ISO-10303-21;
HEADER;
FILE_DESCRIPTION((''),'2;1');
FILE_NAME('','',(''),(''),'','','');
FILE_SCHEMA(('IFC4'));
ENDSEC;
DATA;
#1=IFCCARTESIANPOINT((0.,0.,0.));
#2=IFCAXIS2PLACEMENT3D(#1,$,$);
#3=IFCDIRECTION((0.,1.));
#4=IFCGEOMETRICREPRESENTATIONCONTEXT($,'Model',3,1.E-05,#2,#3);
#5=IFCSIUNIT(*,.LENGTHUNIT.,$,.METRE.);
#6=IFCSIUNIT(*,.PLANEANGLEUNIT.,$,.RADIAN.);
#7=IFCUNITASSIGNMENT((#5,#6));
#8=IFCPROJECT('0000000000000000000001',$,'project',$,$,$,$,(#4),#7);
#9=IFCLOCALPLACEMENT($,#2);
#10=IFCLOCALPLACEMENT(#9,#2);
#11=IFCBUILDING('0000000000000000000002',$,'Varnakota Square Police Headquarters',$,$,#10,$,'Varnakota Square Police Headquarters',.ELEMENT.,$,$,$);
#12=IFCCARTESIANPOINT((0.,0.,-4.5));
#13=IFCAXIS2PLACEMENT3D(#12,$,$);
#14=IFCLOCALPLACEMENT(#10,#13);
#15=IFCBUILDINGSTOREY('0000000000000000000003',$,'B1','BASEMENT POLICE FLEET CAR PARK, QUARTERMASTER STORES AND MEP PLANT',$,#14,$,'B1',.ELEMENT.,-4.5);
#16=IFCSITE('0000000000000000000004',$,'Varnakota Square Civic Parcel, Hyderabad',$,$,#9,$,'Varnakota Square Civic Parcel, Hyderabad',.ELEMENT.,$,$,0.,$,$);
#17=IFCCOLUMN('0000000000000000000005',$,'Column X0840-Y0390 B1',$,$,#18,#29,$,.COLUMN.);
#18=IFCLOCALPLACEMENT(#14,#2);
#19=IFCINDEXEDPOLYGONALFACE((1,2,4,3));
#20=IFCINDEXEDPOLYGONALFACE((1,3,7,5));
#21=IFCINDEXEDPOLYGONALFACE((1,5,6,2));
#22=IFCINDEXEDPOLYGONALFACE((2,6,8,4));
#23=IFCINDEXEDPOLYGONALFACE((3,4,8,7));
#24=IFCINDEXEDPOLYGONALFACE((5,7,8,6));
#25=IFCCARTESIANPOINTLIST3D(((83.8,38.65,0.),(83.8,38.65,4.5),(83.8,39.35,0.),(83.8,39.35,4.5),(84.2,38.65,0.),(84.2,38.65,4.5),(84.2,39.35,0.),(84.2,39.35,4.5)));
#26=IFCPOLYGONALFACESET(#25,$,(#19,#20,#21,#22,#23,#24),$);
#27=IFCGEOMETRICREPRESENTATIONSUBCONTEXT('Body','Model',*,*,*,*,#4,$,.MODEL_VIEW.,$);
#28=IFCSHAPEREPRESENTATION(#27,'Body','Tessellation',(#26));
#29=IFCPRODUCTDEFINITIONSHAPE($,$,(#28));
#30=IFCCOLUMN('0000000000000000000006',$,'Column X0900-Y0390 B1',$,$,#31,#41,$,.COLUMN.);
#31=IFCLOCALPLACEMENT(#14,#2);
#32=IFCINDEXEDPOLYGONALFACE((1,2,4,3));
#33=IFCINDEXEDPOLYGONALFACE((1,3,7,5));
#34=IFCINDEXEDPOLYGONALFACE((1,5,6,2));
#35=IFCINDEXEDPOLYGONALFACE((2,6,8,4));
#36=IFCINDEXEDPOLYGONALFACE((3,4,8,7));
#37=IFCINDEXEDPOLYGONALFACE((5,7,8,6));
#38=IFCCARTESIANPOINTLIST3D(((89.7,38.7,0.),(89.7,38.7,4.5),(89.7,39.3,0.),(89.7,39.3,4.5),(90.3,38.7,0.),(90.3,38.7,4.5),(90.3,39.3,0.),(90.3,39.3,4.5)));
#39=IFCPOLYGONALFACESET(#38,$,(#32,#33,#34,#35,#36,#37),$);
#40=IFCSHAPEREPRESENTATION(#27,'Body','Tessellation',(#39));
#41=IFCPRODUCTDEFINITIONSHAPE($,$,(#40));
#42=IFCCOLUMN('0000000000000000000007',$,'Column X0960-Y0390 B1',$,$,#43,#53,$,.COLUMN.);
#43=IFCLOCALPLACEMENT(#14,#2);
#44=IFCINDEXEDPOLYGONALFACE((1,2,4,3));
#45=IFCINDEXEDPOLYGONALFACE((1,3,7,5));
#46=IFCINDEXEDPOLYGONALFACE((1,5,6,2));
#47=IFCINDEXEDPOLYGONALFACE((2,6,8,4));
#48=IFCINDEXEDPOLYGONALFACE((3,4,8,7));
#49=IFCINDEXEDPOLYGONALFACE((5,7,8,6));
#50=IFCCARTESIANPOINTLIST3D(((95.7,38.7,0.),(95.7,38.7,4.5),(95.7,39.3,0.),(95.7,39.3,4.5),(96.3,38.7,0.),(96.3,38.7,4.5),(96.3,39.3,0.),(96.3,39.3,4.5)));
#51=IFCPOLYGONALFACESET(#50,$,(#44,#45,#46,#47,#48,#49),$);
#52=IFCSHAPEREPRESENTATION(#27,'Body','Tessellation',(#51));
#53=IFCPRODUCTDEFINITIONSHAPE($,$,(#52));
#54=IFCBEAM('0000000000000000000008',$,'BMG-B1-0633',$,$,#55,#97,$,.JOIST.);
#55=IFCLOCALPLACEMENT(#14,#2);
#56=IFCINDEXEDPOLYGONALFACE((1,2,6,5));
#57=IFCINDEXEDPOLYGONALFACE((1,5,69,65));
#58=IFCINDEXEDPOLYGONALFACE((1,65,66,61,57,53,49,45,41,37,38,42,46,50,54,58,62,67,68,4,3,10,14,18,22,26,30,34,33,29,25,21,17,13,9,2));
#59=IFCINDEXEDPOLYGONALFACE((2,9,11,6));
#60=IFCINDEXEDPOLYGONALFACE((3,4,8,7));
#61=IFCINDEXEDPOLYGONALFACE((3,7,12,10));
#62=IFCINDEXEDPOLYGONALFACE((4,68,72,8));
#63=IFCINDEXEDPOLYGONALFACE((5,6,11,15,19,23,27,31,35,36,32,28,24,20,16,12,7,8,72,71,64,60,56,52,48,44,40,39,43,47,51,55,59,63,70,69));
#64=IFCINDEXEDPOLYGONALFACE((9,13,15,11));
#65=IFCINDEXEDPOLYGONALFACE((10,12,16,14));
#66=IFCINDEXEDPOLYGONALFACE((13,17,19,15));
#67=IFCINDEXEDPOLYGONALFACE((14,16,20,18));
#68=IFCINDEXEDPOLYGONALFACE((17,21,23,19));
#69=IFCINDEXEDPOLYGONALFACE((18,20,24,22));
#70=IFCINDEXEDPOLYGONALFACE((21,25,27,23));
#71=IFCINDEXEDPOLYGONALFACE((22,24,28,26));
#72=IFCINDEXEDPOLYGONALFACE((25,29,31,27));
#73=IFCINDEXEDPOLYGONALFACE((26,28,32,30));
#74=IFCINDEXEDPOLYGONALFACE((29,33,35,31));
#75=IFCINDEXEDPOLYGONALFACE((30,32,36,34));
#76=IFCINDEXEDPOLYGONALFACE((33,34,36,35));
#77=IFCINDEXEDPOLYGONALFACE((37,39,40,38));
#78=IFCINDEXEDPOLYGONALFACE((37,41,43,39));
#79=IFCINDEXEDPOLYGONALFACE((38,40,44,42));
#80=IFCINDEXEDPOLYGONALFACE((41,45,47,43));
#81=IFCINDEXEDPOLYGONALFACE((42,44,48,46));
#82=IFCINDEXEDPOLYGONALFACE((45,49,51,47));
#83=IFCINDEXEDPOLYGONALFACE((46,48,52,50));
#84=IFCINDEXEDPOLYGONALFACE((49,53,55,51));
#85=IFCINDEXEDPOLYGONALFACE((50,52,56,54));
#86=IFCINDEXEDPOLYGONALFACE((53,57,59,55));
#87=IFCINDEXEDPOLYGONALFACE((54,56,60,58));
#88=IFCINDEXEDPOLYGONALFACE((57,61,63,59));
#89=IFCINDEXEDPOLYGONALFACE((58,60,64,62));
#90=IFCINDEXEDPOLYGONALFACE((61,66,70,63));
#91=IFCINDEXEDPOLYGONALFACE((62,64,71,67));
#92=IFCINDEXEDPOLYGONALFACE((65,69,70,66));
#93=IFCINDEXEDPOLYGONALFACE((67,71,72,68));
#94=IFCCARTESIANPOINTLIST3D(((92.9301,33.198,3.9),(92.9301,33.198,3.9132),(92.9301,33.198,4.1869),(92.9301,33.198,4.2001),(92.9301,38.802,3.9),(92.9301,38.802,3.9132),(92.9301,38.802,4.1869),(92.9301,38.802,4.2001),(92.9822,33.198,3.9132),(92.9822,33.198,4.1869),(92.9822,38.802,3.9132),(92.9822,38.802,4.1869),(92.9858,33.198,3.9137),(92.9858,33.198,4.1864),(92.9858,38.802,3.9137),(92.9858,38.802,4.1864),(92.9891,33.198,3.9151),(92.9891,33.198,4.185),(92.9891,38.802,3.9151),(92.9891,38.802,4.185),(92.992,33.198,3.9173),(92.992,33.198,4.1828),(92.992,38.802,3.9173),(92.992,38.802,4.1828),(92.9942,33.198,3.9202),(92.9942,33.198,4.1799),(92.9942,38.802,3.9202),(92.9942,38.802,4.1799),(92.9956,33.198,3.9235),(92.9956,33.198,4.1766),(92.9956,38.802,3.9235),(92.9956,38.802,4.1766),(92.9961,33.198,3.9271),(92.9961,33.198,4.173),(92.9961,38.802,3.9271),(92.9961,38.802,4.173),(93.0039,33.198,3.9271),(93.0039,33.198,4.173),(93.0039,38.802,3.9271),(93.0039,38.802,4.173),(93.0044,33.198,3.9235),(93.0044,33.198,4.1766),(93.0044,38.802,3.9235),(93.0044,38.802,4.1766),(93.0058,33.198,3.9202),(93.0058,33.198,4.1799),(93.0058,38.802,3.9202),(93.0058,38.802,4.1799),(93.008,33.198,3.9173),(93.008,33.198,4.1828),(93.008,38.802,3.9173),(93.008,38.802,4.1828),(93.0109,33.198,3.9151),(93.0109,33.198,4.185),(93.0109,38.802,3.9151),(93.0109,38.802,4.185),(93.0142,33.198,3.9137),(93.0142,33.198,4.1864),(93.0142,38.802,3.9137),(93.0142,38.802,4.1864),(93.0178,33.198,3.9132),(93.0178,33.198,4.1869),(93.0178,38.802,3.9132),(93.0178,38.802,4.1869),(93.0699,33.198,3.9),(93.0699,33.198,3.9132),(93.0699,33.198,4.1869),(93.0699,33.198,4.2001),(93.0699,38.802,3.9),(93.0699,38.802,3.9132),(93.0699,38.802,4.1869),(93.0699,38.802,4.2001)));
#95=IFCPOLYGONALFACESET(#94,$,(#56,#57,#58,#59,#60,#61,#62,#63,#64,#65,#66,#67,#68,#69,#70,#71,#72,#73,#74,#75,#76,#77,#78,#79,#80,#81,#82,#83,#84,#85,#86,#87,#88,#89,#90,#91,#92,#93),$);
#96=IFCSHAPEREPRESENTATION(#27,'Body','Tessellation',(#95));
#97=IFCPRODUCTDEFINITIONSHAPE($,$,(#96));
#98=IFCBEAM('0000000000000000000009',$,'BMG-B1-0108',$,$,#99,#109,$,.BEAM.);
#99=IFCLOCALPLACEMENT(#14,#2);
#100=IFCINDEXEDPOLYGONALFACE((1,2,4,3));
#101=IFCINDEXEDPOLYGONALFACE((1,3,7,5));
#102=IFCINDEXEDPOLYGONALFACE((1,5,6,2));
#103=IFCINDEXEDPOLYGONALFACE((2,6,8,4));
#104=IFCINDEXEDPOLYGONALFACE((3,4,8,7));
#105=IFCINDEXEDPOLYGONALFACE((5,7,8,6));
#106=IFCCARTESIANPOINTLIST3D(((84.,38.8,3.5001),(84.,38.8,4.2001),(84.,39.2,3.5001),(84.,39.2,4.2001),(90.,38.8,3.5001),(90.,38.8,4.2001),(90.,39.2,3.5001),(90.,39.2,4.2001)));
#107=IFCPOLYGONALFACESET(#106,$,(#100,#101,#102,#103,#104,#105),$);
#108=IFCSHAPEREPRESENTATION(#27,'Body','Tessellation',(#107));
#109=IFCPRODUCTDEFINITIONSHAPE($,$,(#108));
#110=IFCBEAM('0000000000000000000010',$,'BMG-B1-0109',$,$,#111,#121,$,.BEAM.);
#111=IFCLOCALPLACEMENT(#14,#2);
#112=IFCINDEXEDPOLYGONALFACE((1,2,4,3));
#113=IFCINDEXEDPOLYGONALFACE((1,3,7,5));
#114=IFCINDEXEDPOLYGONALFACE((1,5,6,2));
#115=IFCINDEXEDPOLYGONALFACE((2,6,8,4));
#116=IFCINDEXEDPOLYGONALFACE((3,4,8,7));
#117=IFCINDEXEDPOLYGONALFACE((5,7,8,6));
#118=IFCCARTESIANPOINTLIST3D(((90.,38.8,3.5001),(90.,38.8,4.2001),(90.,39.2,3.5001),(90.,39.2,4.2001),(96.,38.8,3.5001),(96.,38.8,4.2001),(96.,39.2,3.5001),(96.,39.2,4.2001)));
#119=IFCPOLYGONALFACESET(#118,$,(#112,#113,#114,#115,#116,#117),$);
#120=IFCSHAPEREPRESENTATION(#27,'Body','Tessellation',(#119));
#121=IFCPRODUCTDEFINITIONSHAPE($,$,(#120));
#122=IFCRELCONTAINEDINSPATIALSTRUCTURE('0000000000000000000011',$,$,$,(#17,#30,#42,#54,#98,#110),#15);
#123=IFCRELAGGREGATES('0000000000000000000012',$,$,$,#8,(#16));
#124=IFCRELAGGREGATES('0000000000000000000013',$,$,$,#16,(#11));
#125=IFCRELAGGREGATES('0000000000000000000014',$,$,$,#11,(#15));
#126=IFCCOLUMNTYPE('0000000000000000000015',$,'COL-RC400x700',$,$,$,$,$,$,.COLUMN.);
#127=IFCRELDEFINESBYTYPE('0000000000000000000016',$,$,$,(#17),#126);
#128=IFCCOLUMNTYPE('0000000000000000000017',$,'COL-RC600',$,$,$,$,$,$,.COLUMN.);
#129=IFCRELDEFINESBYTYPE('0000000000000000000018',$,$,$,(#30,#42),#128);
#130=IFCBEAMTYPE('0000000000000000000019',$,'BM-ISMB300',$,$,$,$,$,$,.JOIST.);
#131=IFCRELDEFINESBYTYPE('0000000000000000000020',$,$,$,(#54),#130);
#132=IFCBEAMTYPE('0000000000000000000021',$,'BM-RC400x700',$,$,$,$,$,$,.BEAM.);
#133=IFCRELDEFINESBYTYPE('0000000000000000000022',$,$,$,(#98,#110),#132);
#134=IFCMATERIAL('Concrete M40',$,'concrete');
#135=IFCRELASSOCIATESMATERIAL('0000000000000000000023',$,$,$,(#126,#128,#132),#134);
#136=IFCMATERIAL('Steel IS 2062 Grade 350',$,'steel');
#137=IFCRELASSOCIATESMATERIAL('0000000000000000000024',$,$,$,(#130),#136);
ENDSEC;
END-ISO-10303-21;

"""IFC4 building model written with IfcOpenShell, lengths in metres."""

from ifc_helpers import new_model, si_unit, direction, frame, origin, origin_2d, place, context, subcontext, project, spatial, rectangle, i_section, extrude, material, material_profile, profile_set, type_object, element, save


model = new_model("IFC4")

# Units and contexts
model_context = context("Model", 3, precision=1e-05, world=origin(), true_north=direction((0.0, 1.0)))
body_context = subcontext(model_context, "Body", "Model", "MODEL_VIEW")
ifc_project = project(units=[si_unit("LENGTHUNIT", "METRE"), si_unit("PLANEANGLEUNIT", "RADIAN")], contexts=[model_context])

# Site, building, storey
site_placement = place(None, origin())
site = spatial("IfcSite", under=ifc_project, at=site_placement, Name="Varnakota Square Civic Parcel, Hyderabad", LongName="Varnakota Square Civic Parcel, Hyderabad", CompositionType="ELEMENT", RefElevation=0.0)
building_placement = place(site_placement, origin())
building = spatial("IfcBuilding", under=site, at=building_placement, Name="Varnakota Square Police Headquarters", LongName="Varnakota Square Police Headquarters", CompositionType="ELEMENT")
storey_placement = place(building_placement, frame((0.0, 0.0, -4.5)))
storey = spatial("IfcBuildingStorey", under=building, at=storey_placement, Name="B1", Description="BASEMENT POLICE FLEET CAR PARK, QUARTERMASTER STORES AND MEP PLANT", LongName="B1", CompositionType="ELEMENT", Elevation=-4.5)

# Shared definitions
ifc_material_1 = material(Name="Concrete M40", Category="concrete")

# Columns
ifc_material_profile_1 = material_profile(ifc_material_1, rectangle(XDim=0.3999, YDim=0.7, at=origin_2d()), Name="RC 400x700")
ifc_profile_set_1 = profile_set([ifc_material_profile_1], Name="Concrete M40")
column_type_1 = type_object("IfcColumnType", Name="COL-RC400x700", PredefinedType="COLUMN", material=ifc_profile_set_1)
column_placement = place(storey_placement, frame((84.0, 39.0, 0.0), z_axis=(0.0, 0.0, 1.0), x_axis=(1.0, 0.0, 0.0)))
element("IfcColumn", 1, at=column_placement, inside=storey, type_object=column_type_1, Name="Column X0840-Y0390 B1", PredefinedType="COLUMN", context=body_context, shape_type="SweptSolid", body=[
    extrude(rectangle(XDim=0.3999, YDim=0.7, at=origin_2d()), origin(), (0.0, 0.0, 1.0), 4.5),
])
ifc_material_profile_2 = material_profile(ifc_material_1, rectangle(XDim=0.6001, YDim=0.6001, at=origin_2d()), Name="RC 600x600")
ifc_profile_set_2 = profile_set([ifc_material_profile_2], Name="Concrete M40")
column_type_2 = type_object("IfcColumnType", Name="COL-RC600", PredefinedType="COLUMN", material=ifc_profile_set_2)
for number, where, z_axis, x_axis, name in (
    (2, (90.0, 39.0, 0.0), (0.0, 0.0, 1.0), (1.0, 0.0, 0.0), "Column X0900-Y0390 B1"),
    (3, (96.0, 39.0, 0.0), (0.0, 0.0, 1.0), (1.0, 0.0, 0.0), "Column X0960-Y0390 B1"),
):
    element("IfcColumn", number, at=place(storey_placement, frame(where, z_axis=z_axis, x_axis=x_axis)), inside=storey, type_object=column_type_2, Name=name, PredefinedType="COLUMN", context=body_context, shape_type="SweptSolid", body=[
        extrude(rectangle(XDim=0.6001, YDim=0.6001, at=origin_2d()), origin(), (0.0, 0.0, 1.0), 4.5),
    ])

# Beams
ifc_material_2 = material(Name="Steel IS 2062 Grade 350", Category="steel")
ifc_material_profile_3 = material_profile(ifc_material_2, i_section(OverallWidth=0.1399, OverallDepth=0.3, WebThickness=0.0078, FlangeThickness=0.0132, FilletRadius=0.0139, at=origin_2d()), Name="ISMB 300")
ifc_profile_set_3 = profile_set([ifc_material_profile_3], Name="Steel IS 2062 Grade 350")
beam_type_1 = type_object("IfcBeamType", Name="BM-ISMB300", PredefinedType="JOIST", material=ifc_profile_set_3)
beam_placement = place(storey_placement, frame((93.0, 33.198, 4.05), z_axis=(0.0, 1.0, 0.0), x_axis=(-1.0, 0.0, 0.0)))
element("IfcBeam", 4, at=beam_placement, inside=storey, type_object=beam_type_1, Name="BMG-B1-0633", PredefinedType="JOIST", context=body_context, shape_type="SweptSolid", body=[
    extrude(i_section(OverallWidth=0.1399, OverallDepth=0.3, WebThickness=0.0078, FlangeThickness=0.0132, FilletRadius=0.0139, at=origin_2d()), origin(), (0.0, 0.0, 1.0), 5.604),
])
ifc_material_profile_4 = material_profile(ifc_material_1, rectangle(XDim=0.3999, YDim=0.7, at=origin_2d()), Name="RC 400x700")
ifc_profile_set_4 = profile_set([ifc_material_profile_4], Name="Concrete M40")
beam_type_2 = type_object("IfcBeamType", Name="BM-RC400x700", PredefinedType="BEAM", material=ifc_profile_set_4)
for number, where, z_axis, x_axis, name in (
    (5, (84.0, 39.0, 3.8501), (1.0, 0.0, 0.0), (0.0, 1.0, 0.0), "BMG-B1-0108"),
    (6, (90.0, 39.0, 3.8501), (1.0, 0.0, 0.0), (0.0, 1.0, 0.0), "BMG-B1-0109"),
):
    element("IfcBeam", number, at=place(storey_placement, frame(where, z_axis=z_axis, x_axis=x_axis)), inside=storey, type_object=beam_type_2, Name=name, PredefinedType="BEAM", context=body_context, shape_type="SweptSolid", body=[
        extrude(rectangle(XDim=0.3999, YDim=0.7, at=origin_2d()), origin(), (0.0, 0.0, 1.0), 6.0),
    ])

save(model, "model.ifc")
